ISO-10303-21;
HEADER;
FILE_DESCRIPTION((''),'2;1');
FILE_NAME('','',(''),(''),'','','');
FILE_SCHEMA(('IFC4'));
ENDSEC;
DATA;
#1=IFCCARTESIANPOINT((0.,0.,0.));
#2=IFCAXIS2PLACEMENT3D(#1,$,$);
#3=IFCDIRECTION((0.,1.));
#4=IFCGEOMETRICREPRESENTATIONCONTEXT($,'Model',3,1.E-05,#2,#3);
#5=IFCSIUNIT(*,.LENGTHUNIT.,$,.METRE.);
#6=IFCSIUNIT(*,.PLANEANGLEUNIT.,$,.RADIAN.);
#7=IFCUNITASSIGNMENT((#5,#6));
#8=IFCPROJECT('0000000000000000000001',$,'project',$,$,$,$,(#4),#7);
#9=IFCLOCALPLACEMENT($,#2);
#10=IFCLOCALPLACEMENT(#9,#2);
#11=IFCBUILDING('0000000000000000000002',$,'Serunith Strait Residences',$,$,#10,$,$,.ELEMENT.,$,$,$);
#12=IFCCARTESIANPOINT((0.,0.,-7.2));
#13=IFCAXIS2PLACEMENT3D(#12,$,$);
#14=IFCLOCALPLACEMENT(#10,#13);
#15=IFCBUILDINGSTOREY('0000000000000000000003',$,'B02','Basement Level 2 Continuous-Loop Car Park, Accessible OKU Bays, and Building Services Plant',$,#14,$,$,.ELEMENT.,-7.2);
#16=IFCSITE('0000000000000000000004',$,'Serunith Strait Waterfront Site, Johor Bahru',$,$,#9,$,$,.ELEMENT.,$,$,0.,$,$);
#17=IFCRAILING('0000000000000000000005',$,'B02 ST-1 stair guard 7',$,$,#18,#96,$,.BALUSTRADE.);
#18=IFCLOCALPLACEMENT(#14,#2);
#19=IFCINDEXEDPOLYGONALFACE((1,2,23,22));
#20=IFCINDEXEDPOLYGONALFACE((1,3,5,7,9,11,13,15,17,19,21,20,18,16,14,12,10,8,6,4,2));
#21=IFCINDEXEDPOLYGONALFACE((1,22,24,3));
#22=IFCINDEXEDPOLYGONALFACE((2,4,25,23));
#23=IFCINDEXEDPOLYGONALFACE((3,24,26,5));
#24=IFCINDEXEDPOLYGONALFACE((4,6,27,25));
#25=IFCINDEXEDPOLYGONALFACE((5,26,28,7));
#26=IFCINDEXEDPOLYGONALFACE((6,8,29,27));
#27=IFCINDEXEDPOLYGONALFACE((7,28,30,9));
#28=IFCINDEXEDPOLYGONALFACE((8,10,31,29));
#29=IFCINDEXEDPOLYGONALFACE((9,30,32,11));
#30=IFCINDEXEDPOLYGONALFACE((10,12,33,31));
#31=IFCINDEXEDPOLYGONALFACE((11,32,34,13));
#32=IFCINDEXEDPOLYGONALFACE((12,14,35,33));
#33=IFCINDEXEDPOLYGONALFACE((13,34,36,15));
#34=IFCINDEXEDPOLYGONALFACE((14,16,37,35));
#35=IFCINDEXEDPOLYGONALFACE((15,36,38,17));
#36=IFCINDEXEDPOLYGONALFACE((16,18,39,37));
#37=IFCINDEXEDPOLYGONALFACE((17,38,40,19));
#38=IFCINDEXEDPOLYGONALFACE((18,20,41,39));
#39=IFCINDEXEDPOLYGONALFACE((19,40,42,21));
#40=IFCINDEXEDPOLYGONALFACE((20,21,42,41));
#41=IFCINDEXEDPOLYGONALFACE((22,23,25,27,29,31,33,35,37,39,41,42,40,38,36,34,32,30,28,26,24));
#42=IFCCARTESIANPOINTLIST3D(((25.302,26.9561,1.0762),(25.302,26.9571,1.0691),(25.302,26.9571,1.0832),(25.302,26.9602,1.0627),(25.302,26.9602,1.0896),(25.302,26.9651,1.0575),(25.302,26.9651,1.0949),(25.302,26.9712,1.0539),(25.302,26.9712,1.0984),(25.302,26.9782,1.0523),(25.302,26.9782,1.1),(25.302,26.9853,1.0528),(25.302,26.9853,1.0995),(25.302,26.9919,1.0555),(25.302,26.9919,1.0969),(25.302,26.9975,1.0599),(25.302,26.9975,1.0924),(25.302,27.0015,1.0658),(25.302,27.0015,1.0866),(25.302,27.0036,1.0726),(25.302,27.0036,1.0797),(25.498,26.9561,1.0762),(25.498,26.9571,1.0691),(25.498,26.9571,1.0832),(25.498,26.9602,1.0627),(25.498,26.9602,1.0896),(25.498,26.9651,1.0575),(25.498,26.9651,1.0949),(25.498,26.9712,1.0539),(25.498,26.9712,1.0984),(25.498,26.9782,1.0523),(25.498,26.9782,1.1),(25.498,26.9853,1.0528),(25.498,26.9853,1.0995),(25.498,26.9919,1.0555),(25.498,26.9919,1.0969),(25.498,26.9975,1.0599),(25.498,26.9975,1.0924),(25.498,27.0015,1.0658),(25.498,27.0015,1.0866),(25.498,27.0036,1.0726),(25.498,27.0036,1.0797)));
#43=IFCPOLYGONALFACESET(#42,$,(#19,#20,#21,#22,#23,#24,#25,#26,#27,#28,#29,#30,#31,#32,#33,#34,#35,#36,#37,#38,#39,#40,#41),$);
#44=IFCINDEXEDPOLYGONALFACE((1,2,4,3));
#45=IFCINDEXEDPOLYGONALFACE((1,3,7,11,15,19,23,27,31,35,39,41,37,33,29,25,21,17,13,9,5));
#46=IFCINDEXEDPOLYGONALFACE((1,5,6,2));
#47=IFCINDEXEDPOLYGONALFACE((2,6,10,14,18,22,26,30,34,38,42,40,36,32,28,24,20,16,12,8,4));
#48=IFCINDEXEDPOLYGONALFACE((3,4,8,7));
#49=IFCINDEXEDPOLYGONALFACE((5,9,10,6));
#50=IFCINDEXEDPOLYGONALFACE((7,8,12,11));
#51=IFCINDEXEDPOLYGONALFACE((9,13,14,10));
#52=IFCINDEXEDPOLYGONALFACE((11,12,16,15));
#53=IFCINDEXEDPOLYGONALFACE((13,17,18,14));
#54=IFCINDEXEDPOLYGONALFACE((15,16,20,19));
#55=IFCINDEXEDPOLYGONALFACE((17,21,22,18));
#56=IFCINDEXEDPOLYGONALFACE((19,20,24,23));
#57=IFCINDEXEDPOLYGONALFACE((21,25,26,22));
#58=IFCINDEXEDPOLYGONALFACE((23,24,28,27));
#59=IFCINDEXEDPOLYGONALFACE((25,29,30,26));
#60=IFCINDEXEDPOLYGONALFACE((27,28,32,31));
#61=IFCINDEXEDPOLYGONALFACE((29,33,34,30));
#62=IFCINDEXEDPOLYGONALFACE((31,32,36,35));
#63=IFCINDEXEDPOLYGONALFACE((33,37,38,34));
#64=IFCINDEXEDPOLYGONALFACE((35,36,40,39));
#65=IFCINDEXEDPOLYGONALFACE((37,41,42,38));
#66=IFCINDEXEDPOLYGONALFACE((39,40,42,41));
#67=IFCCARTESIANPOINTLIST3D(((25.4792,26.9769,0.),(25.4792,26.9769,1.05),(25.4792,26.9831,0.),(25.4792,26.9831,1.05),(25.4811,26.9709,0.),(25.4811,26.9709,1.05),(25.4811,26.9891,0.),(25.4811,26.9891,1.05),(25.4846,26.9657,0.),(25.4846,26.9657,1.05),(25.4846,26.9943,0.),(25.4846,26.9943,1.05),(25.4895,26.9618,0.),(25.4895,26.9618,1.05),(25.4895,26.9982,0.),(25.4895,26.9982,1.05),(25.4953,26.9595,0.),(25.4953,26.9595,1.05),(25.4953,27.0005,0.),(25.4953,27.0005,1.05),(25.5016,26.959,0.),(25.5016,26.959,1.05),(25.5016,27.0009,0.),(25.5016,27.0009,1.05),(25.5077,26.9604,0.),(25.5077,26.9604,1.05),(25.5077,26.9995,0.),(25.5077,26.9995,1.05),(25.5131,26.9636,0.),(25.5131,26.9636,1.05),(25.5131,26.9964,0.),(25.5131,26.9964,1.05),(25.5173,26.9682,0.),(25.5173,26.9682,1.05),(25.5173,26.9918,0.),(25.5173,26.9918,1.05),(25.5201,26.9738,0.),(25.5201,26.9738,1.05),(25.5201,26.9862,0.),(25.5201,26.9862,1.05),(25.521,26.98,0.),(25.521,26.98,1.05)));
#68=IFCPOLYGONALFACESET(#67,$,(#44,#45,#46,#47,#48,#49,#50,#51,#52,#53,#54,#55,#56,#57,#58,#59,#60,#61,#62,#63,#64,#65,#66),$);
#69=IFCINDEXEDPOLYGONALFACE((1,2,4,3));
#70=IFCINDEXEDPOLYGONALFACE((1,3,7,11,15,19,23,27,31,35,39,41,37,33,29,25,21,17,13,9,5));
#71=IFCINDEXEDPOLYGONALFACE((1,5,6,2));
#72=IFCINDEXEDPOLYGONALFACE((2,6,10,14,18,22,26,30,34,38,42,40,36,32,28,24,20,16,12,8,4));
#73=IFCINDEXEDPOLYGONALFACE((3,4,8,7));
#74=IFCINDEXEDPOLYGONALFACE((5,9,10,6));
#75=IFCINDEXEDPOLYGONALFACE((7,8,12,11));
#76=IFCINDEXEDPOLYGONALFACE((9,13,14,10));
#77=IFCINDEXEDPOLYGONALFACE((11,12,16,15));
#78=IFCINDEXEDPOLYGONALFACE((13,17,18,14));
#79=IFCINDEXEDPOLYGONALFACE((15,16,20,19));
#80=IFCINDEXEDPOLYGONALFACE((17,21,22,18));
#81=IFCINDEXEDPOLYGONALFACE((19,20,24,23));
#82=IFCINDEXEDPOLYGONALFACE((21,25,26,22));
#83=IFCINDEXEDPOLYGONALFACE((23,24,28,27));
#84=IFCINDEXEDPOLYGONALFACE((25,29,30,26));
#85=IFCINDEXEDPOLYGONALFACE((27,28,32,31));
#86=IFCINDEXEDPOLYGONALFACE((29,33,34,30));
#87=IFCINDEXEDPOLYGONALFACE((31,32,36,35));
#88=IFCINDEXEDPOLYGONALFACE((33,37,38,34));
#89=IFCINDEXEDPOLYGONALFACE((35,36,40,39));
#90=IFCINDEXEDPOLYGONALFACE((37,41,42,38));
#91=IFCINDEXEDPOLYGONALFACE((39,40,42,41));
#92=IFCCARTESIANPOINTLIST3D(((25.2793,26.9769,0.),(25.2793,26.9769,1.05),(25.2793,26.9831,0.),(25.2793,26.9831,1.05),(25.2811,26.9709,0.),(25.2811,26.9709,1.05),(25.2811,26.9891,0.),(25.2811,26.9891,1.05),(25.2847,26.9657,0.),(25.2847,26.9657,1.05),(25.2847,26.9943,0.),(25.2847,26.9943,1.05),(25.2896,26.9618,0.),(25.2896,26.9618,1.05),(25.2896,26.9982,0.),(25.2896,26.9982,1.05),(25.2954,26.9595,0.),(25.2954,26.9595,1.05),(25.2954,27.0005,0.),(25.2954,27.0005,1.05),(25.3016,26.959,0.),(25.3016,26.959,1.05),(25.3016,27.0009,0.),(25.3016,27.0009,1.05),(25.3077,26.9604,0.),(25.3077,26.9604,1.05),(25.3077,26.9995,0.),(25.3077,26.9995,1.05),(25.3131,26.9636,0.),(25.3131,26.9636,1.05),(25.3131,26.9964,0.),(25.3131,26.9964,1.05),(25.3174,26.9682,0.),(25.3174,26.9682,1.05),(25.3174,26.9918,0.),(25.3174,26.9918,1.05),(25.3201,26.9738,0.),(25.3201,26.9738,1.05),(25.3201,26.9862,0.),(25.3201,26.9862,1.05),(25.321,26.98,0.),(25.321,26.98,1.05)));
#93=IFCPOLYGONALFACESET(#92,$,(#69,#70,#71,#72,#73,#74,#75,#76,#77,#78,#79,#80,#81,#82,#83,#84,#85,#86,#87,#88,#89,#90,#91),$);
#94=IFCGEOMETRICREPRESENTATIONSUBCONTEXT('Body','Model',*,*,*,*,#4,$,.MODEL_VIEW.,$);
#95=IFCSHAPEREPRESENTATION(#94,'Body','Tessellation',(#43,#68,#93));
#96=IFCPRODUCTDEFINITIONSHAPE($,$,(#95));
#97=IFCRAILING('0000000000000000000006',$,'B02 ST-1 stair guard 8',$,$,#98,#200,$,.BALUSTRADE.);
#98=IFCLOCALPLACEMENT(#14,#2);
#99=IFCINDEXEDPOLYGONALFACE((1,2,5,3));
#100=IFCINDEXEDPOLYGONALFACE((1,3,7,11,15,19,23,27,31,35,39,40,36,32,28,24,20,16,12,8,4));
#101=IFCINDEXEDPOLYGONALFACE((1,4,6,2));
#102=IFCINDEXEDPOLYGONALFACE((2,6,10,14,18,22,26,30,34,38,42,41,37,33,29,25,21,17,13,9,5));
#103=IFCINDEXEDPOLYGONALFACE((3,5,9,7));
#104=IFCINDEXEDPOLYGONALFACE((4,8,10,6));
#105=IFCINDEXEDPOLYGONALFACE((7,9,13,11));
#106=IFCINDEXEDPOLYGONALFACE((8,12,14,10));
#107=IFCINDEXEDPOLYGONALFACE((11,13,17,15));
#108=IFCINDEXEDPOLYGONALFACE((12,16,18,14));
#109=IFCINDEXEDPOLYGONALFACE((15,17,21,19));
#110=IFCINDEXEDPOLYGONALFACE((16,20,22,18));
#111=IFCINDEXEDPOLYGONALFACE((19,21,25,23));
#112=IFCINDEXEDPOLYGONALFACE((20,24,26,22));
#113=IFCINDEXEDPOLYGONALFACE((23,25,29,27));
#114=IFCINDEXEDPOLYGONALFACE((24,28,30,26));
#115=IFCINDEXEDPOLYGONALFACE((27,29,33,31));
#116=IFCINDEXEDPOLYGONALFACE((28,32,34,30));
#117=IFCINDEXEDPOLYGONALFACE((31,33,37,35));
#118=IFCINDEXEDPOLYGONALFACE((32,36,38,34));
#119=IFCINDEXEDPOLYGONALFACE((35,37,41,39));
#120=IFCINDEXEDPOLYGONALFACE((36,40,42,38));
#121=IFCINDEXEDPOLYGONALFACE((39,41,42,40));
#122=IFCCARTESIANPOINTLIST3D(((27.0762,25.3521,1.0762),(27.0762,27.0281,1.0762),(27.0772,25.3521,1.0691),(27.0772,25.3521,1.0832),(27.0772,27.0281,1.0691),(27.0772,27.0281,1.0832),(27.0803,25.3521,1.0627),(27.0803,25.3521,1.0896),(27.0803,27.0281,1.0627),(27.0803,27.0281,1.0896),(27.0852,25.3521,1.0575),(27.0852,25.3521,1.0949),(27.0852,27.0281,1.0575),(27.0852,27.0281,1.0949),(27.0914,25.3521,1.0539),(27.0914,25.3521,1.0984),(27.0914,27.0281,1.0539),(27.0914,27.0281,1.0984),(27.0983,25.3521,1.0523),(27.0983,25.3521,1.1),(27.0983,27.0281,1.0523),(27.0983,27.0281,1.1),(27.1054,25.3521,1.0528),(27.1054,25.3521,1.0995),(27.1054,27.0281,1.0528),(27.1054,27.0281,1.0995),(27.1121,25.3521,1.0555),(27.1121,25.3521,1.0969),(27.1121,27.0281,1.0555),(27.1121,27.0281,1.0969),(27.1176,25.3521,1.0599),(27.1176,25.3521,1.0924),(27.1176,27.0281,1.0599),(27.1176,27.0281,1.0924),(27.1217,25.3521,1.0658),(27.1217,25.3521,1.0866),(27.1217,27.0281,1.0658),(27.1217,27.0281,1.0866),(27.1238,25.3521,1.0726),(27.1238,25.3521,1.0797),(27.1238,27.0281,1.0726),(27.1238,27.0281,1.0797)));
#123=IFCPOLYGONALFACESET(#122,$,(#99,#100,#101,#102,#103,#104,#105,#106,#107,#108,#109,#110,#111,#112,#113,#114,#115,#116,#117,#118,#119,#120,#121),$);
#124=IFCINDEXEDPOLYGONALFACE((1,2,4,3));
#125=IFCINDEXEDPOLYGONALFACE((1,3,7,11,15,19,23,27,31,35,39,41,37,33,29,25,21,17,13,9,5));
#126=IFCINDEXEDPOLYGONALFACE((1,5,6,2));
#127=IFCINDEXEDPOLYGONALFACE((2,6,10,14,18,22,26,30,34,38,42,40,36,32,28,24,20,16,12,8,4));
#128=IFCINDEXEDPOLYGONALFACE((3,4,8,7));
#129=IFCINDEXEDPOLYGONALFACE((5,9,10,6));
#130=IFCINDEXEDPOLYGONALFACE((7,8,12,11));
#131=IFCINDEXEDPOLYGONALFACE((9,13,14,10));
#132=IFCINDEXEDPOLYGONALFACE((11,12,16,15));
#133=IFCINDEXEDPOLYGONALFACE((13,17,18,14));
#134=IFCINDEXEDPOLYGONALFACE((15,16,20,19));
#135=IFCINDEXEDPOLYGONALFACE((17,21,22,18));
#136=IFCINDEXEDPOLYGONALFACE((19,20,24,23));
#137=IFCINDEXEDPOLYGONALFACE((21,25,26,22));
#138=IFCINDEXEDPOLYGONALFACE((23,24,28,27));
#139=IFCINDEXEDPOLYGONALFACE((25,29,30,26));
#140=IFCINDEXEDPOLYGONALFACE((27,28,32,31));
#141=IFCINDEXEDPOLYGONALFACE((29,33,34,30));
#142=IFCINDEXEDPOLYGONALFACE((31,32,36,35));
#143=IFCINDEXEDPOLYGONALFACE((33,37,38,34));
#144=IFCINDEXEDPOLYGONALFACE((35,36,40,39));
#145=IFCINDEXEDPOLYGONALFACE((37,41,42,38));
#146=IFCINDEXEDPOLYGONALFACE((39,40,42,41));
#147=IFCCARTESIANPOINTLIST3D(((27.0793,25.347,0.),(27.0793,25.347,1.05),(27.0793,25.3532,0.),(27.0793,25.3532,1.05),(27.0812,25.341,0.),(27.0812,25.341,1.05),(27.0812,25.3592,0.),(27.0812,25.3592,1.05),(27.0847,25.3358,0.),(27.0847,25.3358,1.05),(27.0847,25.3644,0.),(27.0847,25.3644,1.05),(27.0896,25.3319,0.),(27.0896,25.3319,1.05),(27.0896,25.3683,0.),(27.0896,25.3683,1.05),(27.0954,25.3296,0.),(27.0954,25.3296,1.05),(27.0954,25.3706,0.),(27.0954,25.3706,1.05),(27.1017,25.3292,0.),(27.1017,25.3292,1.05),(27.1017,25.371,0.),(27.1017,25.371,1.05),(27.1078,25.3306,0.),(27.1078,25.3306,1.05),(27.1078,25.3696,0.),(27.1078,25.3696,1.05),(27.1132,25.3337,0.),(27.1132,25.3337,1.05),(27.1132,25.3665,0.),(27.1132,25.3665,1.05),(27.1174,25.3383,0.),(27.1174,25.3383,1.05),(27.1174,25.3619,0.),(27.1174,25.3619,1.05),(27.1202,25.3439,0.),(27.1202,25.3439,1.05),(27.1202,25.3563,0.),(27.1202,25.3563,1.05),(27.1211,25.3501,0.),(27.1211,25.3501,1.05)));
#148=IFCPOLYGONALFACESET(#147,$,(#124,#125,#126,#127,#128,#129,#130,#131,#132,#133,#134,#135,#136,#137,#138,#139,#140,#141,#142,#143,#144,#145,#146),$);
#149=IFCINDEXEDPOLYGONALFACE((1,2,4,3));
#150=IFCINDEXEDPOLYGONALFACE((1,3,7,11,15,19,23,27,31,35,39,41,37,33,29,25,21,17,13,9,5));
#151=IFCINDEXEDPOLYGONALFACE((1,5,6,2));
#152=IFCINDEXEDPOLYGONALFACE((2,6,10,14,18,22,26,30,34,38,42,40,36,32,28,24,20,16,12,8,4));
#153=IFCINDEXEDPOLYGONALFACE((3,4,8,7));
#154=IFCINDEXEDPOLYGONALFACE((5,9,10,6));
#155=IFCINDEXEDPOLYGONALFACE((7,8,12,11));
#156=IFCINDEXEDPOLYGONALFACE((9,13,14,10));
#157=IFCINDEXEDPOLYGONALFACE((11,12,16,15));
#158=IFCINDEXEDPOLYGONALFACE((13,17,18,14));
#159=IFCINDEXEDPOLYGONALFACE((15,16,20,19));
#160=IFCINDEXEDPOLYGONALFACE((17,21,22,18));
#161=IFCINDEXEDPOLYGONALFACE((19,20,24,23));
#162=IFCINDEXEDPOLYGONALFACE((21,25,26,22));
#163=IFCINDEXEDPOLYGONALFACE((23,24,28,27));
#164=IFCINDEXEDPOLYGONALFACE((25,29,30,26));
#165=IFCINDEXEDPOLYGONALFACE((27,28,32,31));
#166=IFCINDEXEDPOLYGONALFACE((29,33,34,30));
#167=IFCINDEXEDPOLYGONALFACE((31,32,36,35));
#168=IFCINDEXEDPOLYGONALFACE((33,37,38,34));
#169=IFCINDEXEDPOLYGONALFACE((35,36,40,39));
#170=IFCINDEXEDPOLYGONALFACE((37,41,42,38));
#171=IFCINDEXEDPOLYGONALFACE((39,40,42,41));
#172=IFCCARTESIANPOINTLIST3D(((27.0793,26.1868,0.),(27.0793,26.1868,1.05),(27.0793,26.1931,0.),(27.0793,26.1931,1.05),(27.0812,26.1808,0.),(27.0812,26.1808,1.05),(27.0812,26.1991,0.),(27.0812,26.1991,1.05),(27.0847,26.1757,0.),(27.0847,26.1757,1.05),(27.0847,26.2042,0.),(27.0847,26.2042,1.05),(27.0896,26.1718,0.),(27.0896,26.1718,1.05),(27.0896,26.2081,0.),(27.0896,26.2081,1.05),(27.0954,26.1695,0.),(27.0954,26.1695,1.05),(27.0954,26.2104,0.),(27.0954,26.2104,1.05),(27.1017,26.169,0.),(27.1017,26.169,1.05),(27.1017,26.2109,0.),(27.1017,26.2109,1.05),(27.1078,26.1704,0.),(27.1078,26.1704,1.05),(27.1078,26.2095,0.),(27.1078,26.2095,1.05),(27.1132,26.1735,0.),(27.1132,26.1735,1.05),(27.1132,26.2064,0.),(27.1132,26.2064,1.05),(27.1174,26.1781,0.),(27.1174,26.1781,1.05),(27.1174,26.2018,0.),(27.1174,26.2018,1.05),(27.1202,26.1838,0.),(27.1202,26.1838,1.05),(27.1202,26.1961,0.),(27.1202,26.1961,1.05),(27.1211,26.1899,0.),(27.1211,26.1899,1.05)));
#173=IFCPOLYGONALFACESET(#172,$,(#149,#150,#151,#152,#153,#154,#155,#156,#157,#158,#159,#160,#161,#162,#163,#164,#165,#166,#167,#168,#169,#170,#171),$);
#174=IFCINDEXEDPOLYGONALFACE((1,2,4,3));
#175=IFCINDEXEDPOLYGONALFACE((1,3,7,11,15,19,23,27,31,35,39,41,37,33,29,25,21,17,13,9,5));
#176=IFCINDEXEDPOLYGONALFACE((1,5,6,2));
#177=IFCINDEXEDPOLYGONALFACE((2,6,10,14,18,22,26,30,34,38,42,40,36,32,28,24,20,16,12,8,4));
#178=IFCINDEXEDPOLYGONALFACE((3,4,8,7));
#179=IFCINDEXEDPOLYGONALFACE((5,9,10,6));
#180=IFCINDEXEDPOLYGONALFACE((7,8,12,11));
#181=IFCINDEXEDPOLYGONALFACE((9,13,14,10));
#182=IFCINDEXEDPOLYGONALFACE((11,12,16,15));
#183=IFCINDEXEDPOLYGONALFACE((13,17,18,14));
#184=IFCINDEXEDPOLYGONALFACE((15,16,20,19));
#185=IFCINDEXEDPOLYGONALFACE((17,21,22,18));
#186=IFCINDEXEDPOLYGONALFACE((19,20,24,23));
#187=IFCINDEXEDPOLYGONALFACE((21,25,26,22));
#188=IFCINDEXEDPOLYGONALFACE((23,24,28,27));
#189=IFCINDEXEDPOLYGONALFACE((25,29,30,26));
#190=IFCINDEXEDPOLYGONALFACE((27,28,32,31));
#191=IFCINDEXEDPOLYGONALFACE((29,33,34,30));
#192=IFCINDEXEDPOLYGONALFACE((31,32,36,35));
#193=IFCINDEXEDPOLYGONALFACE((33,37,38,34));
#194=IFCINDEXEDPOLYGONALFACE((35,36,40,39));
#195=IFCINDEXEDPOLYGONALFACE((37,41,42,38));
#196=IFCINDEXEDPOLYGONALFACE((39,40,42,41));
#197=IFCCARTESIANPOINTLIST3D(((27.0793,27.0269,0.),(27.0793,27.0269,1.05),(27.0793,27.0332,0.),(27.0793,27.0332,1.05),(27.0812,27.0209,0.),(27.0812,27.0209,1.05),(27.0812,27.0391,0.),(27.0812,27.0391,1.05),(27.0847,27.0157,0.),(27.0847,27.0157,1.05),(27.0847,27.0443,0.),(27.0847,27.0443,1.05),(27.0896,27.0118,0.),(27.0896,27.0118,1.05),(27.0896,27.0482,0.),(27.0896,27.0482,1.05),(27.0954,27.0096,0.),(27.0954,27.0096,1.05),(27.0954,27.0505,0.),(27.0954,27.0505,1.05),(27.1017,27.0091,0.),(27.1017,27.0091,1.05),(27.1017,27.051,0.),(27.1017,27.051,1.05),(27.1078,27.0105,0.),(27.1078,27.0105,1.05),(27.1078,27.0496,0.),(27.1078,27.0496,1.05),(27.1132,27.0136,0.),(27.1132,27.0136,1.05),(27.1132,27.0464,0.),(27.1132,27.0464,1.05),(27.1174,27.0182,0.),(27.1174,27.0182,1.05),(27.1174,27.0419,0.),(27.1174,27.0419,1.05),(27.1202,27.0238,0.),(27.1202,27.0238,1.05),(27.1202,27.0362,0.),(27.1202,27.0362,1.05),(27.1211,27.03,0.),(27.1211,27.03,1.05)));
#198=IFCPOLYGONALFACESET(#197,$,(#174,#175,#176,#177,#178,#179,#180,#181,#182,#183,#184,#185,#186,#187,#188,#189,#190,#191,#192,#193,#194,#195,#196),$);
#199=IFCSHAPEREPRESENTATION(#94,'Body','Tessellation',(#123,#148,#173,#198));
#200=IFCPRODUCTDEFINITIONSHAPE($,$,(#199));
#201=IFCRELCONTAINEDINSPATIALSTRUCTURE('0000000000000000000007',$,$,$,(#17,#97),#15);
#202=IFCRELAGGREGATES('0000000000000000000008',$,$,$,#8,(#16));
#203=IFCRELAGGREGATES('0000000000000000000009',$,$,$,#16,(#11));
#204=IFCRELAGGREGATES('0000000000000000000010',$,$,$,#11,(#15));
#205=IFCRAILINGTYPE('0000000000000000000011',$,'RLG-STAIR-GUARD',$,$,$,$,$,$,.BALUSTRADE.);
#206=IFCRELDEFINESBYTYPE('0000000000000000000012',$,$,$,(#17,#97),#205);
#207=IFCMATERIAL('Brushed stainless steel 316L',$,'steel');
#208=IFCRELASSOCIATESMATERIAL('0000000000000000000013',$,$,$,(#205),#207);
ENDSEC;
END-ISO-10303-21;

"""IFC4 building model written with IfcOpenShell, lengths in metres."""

from ifc_helpers import new_model, si_unit, direction, frame, origin, origin_2d, place, context, subcontext, project, spatial, circle, extrude, material, type_object, element, save


model = new_model("IFC4")

# Units and contexts
model_context = context("Model", 3, precision=1e-05, world=origin(), true_north=direction((0.0, 1.0)))
body_context = subcontext(model_context, "Body", "Model", "MODEL_VIEW")
ifc_project = project(units=[si_unit("LENGTHUNIT", "METRE"), si_unit("PLANEANGLEUNIT", "RADIAN")], contexts=[model_context])

# Site, building, storey
site_placement = place(None, origin())
site = spatial("IfcSite", under=ifc_project, at=site_placement, Name="Serunith Strait Waterfront Site, Johor Bahru", CompositionType="ELEMENT", RefElevation=0.0)
building_placement = place(site_placement, origin())
building = spatial("IfcBuilding", under=site, at=building_placement, Name="Serunith Strait Residences", CompositionType="ELEMENT")
storey_placement = place(building_placement, frame((0.0, 0.0, -7.2)))
storey = spatial("IfcBuildingStorey", under=building, at=storey_placement, Name="B02", Description="Basement Level 2 Continuous-Loop Car Park, Accessible OKU Bays, and Building Services Plant", CompositionType="ELEMENT", Elevation=-7.2)

# Railings
ifc_material_1 = material(Name="Brushed stainless steel 316L", Category="steel")
railing_type_1 = type_object("IfcRailingType", Name="RLG-STAIR-GUARD", PredefinedType="BALUSTRADE", material=ifc_material_1)
railing_1_placement = place(storey_placement, frame((25.5, 26.98, 0.0)))
element("IfcRailing", 1, at=railing_1_placement, inside=storey, type_object=railing_type_1, Name="B02 ST-1 stair guard 7", PredefinedType="BALUSTRADE", context=body_context, shape_type="SweptSolid", body=[
    extrude(circle(Radius=0.0239, at=origin_2d()), frame((-0.002, 0.0, 1.0762), z_axis=(-1.0, 0.0, 0.0), x_axis=(0.0, -1.0, 0.0)), (0.0, 0.0, 1.0), 0.196),
    extrude(circle(Radius=0.021, at=origin_2d()), origin(), (0.0, 0.0, 1.0), 1.05),
    extrude(circle(Radius=0.021, at=origin_2d()), frame((-0.2, 0.0, 0.0)), (0.0, 0.0, 1.0), 1.05),
])
railing_2_placement = place(storey_placement, frame((27.1001, 25.3501, 0.0)))
element("IfcRailing", 2, at=railing_2_placement, inside=storey, type_object=railing_type_1, Name="B02 ST-1 stair guard 8", PredefinedType="BALUSTRADE", context=body_context, shape_type="SweptSolid", body=[
    extrude(circle(Radius=0.0239, at=origin_2d()), frame((0.0, 0.002, 1.0762), z_axis=(0.0, 1.0, 0.0), x_axis=(-1.0, 0.0, 0.0)), (0.0, 0.0, 1.0), 1.676),
    extrude(circle(Radius=0.021, at=origin_2d()), origin(), (0.0, 0.0, 1.0), 1.05),
    extrude(circle(Radius=0.021, at=origin_2d()), frame((0.0, 0.8398, 0.0)), (0.0, 0.0, 1.0), 1.05),
    extrude(circle(Radius=0.021, at=origin_2d()), frame((0.0, 1.6799, 0.0)), (0.0, 0.0, 1.0), 1.05),
])

save(model, "model.ifc")
